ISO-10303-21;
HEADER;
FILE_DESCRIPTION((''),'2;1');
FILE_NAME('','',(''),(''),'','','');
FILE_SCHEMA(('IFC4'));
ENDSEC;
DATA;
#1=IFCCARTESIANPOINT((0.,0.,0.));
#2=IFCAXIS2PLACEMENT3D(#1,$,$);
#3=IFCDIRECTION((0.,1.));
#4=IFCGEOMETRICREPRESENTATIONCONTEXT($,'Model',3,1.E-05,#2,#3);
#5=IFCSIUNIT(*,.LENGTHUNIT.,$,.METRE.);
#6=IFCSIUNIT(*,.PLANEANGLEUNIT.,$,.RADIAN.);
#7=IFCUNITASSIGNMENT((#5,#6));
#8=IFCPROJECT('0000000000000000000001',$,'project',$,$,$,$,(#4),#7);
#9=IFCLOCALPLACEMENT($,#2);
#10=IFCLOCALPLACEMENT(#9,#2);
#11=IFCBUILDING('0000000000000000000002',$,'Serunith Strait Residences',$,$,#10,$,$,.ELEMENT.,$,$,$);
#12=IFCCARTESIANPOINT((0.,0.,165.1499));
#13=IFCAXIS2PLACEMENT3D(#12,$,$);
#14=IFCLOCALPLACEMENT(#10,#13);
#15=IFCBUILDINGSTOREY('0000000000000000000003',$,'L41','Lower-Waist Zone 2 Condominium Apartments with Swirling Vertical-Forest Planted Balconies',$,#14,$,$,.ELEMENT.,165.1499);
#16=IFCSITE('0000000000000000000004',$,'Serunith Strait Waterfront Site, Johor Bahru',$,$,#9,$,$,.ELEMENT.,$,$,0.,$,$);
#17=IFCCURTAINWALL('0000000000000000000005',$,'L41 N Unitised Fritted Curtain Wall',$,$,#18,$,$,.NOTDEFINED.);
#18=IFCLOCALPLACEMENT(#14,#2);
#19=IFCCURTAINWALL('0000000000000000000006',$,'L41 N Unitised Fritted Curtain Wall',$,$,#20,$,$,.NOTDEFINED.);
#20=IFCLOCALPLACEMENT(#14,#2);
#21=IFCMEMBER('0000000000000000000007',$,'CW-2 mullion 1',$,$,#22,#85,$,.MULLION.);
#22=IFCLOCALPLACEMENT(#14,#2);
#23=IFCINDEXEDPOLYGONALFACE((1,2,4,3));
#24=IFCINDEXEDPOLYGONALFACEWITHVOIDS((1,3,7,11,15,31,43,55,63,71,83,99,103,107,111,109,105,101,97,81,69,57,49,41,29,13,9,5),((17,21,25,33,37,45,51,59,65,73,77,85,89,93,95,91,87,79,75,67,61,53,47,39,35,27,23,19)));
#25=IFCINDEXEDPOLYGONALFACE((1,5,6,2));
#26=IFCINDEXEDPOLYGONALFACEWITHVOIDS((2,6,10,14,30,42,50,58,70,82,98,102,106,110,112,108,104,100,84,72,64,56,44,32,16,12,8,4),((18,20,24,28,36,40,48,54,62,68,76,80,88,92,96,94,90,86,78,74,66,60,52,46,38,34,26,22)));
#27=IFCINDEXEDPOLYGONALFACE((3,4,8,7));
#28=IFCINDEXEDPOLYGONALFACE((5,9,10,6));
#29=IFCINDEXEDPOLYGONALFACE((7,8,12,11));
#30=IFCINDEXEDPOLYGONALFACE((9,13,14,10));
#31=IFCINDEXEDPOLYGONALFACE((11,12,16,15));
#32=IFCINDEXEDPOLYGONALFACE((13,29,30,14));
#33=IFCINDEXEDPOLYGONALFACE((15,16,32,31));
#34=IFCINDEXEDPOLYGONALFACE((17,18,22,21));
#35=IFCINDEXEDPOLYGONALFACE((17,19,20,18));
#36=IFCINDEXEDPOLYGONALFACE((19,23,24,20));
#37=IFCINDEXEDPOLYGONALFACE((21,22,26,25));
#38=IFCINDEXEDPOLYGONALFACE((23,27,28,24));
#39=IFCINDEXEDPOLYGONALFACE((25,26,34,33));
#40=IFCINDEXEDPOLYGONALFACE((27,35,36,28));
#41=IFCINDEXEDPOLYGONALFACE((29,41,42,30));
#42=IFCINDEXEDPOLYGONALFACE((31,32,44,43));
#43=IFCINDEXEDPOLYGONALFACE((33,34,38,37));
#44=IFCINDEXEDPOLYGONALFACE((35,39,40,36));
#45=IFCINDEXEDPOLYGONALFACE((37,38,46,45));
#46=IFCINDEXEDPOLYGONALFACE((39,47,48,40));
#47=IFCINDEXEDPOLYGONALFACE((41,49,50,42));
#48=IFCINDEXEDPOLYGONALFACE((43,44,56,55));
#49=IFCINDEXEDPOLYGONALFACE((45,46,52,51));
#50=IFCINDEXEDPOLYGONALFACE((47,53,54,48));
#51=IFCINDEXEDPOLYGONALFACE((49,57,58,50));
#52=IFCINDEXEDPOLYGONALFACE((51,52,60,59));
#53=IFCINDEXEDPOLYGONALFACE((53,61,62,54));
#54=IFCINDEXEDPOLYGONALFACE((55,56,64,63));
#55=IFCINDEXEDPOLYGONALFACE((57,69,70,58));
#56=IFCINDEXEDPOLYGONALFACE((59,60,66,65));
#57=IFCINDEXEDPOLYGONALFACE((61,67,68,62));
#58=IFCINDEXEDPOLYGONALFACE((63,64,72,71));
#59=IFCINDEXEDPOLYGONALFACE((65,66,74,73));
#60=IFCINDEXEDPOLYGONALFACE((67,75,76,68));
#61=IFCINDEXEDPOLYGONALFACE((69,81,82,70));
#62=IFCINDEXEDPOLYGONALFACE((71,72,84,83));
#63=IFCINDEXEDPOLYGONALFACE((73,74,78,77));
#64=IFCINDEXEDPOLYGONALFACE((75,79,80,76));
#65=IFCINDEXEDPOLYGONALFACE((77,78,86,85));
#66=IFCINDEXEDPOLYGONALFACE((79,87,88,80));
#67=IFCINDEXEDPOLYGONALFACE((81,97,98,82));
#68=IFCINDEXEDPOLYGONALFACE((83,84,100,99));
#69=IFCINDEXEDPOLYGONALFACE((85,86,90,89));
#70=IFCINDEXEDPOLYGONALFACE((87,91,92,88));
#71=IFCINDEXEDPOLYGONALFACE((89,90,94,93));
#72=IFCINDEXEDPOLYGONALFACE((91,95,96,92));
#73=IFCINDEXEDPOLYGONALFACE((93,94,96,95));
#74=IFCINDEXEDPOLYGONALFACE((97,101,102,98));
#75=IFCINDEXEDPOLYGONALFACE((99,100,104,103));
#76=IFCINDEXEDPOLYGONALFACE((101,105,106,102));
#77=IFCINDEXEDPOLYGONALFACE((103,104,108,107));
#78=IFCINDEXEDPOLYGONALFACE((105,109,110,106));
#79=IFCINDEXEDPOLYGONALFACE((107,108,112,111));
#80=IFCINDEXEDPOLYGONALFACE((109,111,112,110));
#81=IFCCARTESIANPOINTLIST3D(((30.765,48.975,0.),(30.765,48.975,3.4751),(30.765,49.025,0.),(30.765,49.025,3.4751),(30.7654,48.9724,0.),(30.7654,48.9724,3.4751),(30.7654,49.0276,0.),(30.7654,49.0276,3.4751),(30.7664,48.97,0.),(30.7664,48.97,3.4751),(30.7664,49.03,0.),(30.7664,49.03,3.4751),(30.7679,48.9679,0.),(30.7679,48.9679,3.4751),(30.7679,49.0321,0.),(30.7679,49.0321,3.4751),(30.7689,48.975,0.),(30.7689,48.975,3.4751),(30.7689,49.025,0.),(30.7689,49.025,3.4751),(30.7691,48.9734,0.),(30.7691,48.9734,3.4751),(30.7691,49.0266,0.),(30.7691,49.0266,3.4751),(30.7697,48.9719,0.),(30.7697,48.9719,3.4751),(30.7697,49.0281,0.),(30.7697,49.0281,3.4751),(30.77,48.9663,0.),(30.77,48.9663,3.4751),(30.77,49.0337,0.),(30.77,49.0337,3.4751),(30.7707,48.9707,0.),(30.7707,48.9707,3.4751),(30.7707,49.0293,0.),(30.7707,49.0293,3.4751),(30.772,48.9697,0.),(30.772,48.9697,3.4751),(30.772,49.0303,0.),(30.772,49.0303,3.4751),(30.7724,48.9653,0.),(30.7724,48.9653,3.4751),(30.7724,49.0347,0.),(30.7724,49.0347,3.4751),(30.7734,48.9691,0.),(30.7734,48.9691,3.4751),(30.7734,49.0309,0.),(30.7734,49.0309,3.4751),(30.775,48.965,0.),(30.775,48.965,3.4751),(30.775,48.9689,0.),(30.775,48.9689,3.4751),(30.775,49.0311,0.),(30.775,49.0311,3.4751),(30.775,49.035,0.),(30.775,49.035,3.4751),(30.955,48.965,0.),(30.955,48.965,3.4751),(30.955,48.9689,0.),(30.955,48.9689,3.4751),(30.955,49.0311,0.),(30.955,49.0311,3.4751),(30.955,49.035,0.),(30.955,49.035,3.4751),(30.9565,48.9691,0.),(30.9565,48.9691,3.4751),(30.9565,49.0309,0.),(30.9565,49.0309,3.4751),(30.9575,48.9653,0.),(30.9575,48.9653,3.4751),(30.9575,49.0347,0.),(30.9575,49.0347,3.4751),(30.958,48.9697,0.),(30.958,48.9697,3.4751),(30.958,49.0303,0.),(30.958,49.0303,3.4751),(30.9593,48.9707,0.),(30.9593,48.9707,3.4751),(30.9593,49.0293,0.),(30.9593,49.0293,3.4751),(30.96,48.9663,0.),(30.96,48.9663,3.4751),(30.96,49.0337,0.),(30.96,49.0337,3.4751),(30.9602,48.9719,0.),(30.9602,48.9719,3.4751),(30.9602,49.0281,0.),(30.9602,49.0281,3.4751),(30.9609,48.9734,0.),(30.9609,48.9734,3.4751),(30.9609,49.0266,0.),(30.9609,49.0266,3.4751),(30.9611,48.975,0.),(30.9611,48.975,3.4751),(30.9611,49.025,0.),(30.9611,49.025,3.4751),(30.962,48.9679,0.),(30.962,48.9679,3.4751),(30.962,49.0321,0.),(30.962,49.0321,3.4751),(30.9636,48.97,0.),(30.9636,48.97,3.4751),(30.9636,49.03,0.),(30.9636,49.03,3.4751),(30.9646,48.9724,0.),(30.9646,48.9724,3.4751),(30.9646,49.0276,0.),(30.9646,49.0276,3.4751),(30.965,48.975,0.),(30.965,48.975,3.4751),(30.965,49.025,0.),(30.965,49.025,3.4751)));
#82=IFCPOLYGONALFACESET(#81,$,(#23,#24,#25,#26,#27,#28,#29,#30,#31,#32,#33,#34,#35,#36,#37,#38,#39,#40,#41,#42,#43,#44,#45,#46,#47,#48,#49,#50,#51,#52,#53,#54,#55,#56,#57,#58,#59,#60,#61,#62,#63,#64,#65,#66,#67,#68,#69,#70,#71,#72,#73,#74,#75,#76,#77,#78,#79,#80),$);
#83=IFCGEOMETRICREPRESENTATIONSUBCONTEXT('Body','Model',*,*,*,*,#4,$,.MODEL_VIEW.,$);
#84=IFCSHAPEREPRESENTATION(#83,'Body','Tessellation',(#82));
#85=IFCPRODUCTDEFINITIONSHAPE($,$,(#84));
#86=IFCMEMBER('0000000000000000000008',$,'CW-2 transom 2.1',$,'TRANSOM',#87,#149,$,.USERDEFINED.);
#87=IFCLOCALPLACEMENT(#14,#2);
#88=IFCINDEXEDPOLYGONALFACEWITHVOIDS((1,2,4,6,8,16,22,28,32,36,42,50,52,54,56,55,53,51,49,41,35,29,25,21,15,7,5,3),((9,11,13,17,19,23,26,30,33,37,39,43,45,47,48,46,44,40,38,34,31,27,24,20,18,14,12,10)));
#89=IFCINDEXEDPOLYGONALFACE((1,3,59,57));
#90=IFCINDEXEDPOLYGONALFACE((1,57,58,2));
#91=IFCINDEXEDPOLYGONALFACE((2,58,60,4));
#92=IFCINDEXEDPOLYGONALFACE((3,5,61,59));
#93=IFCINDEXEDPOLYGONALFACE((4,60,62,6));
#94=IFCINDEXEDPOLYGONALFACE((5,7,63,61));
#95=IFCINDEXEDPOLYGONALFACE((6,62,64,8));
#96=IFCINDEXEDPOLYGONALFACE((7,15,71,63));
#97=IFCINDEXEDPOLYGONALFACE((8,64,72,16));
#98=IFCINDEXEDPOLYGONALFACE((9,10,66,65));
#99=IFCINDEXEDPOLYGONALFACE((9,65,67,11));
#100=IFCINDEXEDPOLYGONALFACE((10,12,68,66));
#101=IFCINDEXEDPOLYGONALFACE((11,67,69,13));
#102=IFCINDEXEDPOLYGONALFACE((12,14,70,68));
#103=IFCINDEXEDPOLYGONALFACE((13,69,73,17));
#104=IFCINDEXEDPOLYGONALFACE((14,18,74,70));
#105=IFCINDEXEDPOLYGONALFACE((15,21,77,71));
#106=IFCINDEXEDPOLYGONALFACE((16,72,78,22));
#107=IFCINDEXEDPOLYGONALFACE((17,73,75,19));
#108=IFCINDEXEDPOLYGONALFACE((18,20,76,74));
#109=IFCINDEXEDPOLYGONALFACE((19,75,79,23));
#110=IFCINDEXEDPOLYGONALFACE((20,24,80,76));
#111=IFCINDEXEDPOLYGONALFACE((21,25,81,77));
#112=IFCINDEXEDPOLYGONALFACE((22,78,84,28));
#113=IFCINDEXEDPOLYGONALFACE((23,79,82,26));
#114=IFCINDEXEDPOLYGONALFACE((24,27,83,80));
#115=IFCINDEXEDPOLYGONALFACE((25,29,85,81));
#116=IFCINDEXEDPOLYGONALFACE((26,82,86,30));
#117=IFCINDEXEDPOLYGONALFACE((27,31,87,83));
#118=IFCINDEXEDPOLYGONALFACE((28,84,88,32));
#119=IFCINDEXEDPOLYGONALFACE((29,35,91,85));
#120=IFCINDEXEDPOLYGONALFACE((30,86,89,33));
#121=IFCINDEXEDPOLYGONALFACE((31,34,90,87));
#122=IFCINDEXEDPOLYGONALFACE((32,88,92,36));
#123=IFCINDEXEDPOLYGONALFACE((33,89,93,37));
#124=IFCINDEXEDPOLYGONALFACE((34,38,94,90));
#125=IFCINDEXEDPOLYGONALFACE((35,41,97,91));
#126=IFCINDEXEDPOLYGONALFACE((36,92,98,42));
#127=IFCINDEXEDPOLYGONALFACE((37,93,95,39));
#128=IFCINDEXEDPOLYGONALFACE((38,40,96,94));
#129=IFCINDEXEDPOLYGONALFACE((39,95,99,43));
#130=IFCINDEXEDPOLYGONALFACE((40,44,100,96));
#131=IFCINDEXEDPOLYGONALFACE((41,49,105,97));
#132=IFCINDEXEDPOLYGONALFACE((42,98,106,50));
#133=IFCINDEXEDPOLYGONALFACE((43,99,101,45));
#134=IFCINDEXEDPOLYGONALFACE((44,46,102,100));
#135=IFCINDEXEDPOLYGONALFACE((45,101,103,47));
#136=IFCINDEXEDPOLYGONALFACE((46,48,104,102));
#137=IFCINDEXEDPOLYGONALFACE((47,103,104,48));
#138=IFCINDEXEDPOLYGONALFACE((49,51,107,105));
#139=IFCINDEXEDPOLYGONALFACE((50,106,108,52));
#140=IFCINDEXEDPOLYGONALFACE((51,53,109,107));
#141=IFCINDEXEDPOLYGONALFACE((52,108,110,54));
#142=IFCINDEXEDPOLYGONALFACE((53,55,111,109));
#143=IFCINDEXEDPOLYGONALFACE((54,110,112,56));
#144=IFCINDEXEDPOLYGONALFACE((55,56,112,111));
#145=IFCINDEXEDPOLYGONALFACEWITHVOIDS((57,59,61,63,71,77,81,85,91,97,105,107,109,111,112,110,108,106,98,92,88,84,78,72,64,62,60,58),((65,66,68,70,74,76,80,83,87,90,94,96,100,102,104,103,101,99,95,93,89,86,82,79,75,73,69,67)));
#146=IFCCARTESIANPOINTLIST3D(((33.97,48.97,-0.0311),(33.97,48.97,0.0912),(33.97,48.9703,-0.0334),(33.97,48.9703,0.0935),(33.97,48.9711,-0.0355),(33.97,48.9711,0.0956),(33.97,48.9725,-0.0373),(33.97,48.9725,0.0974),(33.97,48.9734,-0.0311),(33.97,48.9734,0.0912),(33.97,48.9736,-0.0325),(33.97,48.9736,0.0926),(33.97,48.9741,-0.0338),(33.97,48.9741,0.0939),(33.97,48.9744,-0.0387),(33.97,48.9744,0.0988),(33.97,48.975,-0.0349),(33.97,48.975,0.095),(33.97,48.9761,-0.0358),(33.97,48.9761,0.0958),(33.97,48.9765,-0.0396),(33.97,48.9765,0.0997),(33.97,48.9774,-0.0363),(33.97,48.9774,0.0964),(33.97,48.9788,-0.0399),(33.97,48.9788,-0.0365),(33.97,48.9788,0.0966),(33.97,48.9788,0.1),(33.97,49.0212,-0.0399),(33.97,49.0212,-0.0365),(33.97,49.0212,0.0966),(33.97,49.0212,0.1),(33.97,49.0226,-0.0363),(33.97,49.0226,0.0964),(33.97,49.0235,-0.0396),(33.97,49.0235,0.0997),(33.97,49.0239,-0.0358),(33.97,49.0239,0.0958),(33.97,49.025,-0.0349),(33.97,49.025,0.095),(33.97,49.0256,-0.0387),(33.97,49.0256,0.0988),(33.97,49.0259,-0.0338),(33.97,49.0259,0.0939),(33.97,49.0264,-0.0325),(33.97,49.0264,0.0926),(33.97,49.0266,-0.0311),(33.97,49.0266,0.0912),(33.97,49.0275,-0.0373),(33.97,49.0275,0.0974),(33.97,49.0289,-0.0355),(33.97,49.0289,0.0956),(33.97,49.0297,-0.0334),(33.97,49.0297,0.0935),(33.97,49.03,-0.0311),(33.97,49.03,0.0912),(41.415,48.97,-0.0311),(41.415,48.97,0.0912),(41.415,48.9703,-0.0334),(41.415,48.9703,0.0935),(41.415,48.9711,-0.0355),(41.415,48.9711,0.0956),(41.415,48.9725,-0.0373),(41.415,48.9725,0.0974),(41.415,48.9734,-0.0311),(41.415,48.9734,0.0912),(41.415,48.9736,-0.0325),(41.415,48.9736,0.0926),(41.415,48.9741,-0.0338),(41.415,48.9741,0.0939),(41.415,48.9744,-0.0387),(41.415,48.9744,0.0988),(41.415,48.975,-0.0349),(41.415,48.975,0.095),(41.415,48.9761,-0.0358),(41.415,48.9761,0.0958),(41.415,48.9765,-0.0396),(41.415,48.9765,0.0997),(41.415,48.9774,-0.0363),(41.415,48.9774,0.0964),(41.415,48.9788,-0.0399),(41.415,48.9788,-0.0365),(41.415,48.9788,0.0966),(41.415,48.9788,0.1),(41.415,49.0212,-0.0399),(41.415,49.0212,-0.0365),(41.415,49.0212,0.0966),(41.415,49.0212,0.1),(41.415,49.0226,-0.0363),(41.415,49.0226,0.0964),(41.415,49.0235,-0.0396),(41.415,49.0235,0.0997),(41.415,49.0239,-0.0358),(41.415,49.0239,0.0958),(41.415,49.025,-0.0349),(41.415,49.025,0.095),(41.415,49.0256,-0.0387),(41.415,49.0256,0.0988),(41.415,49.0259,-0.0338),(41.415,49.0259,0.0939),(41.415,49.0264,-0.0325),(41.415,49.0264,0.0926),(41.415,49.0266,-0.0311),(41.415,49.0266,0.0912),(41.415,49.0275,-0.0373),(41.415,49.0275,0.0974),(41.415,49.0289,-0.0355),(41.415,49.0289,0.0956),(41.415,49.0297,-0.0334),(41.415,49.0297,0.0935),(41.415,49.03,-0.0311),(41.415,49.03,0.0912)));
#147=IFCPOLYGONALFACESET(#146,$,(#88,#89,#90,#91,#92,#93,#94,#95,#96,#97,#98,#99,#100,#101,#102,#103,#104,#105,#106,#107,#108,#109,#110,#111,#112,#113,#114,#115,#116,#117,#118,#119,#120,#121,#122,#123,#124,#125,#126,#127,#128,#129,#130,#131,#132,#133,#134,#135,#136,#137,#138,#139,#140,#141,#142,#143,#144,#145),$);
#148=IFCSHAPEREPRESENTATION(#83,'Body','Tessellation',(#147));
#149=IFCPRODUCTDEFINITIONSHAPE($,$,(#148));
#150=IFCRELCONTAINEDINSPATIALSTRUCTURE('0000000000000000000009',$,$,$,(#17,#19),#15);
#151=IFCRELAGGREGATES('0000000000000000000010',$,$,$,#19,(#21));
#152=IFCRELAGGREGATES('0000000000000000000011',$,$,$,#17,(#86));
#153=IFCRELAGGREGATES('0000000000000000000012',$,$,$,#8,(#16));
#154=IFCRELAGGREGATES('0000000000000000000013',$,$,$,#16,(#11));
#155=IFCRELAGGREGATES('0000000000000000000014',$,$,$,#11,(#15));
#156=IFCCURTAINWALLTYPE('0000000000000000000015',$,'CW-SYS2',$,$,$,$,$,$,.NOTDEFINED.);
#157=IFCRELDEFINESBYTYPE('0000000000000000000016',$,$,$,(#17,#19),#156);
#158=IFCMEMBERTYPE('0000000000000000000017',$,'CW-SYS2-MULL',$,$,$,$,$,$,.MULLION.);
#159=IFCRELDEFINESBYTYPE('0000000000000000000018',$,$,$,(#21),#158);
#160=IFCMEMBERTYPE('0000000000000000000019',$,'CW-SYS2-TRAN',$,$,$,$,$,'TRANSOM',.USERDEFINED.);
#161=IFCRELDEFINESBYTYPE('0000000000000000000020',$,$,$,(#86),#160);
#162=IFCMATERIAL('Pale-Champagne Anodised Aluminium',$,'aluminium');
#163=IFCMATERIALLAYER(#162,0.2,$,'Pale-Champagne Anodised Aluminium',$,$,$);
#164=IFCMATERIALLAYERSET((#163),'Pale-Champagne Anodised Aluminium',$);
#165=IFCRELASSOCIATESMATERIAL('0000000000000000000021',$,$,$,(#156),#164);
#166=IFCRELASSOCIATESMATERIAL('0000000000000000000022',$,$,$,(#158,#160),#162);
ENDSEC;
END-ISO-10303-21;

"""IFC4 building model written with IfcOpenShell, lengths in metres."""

from ifc_helpers import new_model, si_unit, direction, frame, origin, origin_2d, place, context, subcontext, project, spatial, hollow_rectangle, extrude, source, transform, mapped, material, layer, layer_set, material_profile, profile_set, type_object, element, aggregate, save


model = new_model("IFC4")

# Units and contexts
model_context = context("Model", 3, precision=1e-05, world=origin(), true_north=direction((0.0, 1.0)))
body_context = subcontext(model_context, "Body", "Model", "MODEL_VIEW")
ifc_project = project(units=[si_unit("LENGTHUNIT", "METRE"), si_unit("PLANEANGLEUNIT", "RADIAN")], contexts=[model_context])

# Site, building, storey
site_placement = place(None, origin())
site = spatial("IfcSite", under=ifc_project, at=site_placement, Name="Serunith Strait Waterfront Site, Johor Bahru", CompositionType="ELEMENT", RefElevation=0.0)
building_placement = place(site_placement, origin())
building = spatial("IfcBuilding", under=site, at=building_placement, Name="Serunith Strait Residences", CompositionType="ELEMENT")
storey_placement = place(building_placement, frame((0.0, 0.0, 165.1499)))
storey = spatial("IfcBuildingStorey", under=building, at=storey_placement, Name="L41", Description="Lower-Waist Zone 2 Condominium Apartments with Swirling Vertical-Forest Planted Balconies", CompositionType="ELEMENT", Elevation=165.1499)

# Curtain wall
ifc_material_1 = material(Name="Pale-Champagne Anodised Aluminium", Category="aluminium")
ifc_layer_1 = layer(ifc_material_1, 0.2, Name="Pale-Champagne Anodised Aluminium")
ifc_layer_set_1 = layer_set([ifc_layer_1], Name="Pale-Champagne Anodised Aluminium")
curtain_wall_type = type_object("IfcCurtainWallType", Name="CW-SYS2", PredefinedType="NOTDEFINED", material=ifc_layer_set_1)
curtain_wall_1_placement = place(storey_placement, origin())
curtain_wall_1 = element("IfcCurtainWall", 1, at=curtain_wall_1_placement, inside=storey, type_object=curtain_wall_type, Name="L41 N Unitised Fritted Curtain Wall", PredefinedType="NOTDEFINED")
ifc_material_profile_1 = material_profile(ifc_material_1, hollow_rectangle(XDim=0.0701, YDim=0.2, WallThickness=0.0039, InnerFilletRadius=0.0061, OuterFilletRadius=0.01, at=origin_2d()), Name="ALU 200x70x4")
ifc_profile_set_1 = profile_set([ifc_material_profile_1], Name="Pale-Champagne Anodised Aluminium")
member_type_1 = type_object("IfcMemberType", Name="CW-SYS2-MULL", PredefinedType="MULLION", material=ifc_profile_set_1)
shared_shape_1 = source(origin(), body_context, "Body", "SweptSolid", [
    extrude(hollow_rectangle(XDim=0.0701, YDim=0.2, WallThickness=0.0039, InnerFilletRadius=0.0061, OuterFilletRadius=0.01, at=origin_2d()), origin(), (0.0, 0.0, 1.0), 3.4751),
])

# Curtain wall, member
curtain_wall_2_placement = place(storey_placement, origin())
curtain_wall_2 = element("IfcCurtainWall", 2, at=curtain_wall_2_placement, inside=storey, type_object=curtain_wall_type, Name="L41 N Unitised Fritted Curtain Wall", PredefinedType="NOTDEFINED")
member_1_placement = place(storey_placement, frame((30.865, 49.0, 0.0), z_axis=(0.0, 0.0, 1.0), x_axis=(0.0, -1.0, 0.0)))
member_1 = element("IfcMember", 3, at=member_1_placement, type_object=member_type_1, Name="CW-2 mullion 1", PredefinedType="MULLION", context=body_context, shape_type="MappedRepresentation", body=[
    mapped(shared_shape_1, transform((0.0, 0.0, 0.0), scale=1.0)),
])

# Member
ifc_material_profile_2 = material_profile(ifc_material_1, hollow_rectangle(XDim=0.0601, YDim=0.1399, WallThickness=0.0034, InnerFilletRadius=0.0054, OuterFilletRadius=0.0088, at=origin_2d()), Name="ALU 140x60x3.5")
ifc_profile_set_2 = profile_set([ifc_material_profile_2], Name="Pale-Champagne Anodised Aluminium")
member_type_2 = type_object("IfcMemberType", Name="CW-SYS2-TRAN", ElementType="TRANSOM", PredefinedType="USERDEFINED", material=ifc_profile_set_2)
shared_shape_2 = source(origin(), body_context, "Body", "SweptSolid", [
    extrude(hollow_rectangle(XDim=0.0601, YDim=0.1399, WallThickness=0.0034, InnerFilletRadius=0.0054, OuterFilletRadius=0.0088, at=origin_2d()), origin(), (0.0, 0.0, 1.0), 7.4451),
])
member_2_placement = place(storey_placement, frame((41.415, 49.0, 0.03), z_axis=(-1.0, 0.0, 0.0), x_axis=(0.0, -1.0, 0.0)))
member_2 = element("IfcMember", 4, at=member_2_placement, type_object=member_type_2, Name="CW-2 transom 2.1", ObjectType="TRANSOM", PredefinedType="USERDEFINED", context=body_context, shape_type="MappedRepresentation", body=[
    mapped(shared_shape_2, transform((0.0, 0.0, 0.0), scale=1.0)),
])
aggregate(curtain_wall_2, [member_1])

aggregate(curtain_wall_1, [member_2])

save(model, "model.ifc")
